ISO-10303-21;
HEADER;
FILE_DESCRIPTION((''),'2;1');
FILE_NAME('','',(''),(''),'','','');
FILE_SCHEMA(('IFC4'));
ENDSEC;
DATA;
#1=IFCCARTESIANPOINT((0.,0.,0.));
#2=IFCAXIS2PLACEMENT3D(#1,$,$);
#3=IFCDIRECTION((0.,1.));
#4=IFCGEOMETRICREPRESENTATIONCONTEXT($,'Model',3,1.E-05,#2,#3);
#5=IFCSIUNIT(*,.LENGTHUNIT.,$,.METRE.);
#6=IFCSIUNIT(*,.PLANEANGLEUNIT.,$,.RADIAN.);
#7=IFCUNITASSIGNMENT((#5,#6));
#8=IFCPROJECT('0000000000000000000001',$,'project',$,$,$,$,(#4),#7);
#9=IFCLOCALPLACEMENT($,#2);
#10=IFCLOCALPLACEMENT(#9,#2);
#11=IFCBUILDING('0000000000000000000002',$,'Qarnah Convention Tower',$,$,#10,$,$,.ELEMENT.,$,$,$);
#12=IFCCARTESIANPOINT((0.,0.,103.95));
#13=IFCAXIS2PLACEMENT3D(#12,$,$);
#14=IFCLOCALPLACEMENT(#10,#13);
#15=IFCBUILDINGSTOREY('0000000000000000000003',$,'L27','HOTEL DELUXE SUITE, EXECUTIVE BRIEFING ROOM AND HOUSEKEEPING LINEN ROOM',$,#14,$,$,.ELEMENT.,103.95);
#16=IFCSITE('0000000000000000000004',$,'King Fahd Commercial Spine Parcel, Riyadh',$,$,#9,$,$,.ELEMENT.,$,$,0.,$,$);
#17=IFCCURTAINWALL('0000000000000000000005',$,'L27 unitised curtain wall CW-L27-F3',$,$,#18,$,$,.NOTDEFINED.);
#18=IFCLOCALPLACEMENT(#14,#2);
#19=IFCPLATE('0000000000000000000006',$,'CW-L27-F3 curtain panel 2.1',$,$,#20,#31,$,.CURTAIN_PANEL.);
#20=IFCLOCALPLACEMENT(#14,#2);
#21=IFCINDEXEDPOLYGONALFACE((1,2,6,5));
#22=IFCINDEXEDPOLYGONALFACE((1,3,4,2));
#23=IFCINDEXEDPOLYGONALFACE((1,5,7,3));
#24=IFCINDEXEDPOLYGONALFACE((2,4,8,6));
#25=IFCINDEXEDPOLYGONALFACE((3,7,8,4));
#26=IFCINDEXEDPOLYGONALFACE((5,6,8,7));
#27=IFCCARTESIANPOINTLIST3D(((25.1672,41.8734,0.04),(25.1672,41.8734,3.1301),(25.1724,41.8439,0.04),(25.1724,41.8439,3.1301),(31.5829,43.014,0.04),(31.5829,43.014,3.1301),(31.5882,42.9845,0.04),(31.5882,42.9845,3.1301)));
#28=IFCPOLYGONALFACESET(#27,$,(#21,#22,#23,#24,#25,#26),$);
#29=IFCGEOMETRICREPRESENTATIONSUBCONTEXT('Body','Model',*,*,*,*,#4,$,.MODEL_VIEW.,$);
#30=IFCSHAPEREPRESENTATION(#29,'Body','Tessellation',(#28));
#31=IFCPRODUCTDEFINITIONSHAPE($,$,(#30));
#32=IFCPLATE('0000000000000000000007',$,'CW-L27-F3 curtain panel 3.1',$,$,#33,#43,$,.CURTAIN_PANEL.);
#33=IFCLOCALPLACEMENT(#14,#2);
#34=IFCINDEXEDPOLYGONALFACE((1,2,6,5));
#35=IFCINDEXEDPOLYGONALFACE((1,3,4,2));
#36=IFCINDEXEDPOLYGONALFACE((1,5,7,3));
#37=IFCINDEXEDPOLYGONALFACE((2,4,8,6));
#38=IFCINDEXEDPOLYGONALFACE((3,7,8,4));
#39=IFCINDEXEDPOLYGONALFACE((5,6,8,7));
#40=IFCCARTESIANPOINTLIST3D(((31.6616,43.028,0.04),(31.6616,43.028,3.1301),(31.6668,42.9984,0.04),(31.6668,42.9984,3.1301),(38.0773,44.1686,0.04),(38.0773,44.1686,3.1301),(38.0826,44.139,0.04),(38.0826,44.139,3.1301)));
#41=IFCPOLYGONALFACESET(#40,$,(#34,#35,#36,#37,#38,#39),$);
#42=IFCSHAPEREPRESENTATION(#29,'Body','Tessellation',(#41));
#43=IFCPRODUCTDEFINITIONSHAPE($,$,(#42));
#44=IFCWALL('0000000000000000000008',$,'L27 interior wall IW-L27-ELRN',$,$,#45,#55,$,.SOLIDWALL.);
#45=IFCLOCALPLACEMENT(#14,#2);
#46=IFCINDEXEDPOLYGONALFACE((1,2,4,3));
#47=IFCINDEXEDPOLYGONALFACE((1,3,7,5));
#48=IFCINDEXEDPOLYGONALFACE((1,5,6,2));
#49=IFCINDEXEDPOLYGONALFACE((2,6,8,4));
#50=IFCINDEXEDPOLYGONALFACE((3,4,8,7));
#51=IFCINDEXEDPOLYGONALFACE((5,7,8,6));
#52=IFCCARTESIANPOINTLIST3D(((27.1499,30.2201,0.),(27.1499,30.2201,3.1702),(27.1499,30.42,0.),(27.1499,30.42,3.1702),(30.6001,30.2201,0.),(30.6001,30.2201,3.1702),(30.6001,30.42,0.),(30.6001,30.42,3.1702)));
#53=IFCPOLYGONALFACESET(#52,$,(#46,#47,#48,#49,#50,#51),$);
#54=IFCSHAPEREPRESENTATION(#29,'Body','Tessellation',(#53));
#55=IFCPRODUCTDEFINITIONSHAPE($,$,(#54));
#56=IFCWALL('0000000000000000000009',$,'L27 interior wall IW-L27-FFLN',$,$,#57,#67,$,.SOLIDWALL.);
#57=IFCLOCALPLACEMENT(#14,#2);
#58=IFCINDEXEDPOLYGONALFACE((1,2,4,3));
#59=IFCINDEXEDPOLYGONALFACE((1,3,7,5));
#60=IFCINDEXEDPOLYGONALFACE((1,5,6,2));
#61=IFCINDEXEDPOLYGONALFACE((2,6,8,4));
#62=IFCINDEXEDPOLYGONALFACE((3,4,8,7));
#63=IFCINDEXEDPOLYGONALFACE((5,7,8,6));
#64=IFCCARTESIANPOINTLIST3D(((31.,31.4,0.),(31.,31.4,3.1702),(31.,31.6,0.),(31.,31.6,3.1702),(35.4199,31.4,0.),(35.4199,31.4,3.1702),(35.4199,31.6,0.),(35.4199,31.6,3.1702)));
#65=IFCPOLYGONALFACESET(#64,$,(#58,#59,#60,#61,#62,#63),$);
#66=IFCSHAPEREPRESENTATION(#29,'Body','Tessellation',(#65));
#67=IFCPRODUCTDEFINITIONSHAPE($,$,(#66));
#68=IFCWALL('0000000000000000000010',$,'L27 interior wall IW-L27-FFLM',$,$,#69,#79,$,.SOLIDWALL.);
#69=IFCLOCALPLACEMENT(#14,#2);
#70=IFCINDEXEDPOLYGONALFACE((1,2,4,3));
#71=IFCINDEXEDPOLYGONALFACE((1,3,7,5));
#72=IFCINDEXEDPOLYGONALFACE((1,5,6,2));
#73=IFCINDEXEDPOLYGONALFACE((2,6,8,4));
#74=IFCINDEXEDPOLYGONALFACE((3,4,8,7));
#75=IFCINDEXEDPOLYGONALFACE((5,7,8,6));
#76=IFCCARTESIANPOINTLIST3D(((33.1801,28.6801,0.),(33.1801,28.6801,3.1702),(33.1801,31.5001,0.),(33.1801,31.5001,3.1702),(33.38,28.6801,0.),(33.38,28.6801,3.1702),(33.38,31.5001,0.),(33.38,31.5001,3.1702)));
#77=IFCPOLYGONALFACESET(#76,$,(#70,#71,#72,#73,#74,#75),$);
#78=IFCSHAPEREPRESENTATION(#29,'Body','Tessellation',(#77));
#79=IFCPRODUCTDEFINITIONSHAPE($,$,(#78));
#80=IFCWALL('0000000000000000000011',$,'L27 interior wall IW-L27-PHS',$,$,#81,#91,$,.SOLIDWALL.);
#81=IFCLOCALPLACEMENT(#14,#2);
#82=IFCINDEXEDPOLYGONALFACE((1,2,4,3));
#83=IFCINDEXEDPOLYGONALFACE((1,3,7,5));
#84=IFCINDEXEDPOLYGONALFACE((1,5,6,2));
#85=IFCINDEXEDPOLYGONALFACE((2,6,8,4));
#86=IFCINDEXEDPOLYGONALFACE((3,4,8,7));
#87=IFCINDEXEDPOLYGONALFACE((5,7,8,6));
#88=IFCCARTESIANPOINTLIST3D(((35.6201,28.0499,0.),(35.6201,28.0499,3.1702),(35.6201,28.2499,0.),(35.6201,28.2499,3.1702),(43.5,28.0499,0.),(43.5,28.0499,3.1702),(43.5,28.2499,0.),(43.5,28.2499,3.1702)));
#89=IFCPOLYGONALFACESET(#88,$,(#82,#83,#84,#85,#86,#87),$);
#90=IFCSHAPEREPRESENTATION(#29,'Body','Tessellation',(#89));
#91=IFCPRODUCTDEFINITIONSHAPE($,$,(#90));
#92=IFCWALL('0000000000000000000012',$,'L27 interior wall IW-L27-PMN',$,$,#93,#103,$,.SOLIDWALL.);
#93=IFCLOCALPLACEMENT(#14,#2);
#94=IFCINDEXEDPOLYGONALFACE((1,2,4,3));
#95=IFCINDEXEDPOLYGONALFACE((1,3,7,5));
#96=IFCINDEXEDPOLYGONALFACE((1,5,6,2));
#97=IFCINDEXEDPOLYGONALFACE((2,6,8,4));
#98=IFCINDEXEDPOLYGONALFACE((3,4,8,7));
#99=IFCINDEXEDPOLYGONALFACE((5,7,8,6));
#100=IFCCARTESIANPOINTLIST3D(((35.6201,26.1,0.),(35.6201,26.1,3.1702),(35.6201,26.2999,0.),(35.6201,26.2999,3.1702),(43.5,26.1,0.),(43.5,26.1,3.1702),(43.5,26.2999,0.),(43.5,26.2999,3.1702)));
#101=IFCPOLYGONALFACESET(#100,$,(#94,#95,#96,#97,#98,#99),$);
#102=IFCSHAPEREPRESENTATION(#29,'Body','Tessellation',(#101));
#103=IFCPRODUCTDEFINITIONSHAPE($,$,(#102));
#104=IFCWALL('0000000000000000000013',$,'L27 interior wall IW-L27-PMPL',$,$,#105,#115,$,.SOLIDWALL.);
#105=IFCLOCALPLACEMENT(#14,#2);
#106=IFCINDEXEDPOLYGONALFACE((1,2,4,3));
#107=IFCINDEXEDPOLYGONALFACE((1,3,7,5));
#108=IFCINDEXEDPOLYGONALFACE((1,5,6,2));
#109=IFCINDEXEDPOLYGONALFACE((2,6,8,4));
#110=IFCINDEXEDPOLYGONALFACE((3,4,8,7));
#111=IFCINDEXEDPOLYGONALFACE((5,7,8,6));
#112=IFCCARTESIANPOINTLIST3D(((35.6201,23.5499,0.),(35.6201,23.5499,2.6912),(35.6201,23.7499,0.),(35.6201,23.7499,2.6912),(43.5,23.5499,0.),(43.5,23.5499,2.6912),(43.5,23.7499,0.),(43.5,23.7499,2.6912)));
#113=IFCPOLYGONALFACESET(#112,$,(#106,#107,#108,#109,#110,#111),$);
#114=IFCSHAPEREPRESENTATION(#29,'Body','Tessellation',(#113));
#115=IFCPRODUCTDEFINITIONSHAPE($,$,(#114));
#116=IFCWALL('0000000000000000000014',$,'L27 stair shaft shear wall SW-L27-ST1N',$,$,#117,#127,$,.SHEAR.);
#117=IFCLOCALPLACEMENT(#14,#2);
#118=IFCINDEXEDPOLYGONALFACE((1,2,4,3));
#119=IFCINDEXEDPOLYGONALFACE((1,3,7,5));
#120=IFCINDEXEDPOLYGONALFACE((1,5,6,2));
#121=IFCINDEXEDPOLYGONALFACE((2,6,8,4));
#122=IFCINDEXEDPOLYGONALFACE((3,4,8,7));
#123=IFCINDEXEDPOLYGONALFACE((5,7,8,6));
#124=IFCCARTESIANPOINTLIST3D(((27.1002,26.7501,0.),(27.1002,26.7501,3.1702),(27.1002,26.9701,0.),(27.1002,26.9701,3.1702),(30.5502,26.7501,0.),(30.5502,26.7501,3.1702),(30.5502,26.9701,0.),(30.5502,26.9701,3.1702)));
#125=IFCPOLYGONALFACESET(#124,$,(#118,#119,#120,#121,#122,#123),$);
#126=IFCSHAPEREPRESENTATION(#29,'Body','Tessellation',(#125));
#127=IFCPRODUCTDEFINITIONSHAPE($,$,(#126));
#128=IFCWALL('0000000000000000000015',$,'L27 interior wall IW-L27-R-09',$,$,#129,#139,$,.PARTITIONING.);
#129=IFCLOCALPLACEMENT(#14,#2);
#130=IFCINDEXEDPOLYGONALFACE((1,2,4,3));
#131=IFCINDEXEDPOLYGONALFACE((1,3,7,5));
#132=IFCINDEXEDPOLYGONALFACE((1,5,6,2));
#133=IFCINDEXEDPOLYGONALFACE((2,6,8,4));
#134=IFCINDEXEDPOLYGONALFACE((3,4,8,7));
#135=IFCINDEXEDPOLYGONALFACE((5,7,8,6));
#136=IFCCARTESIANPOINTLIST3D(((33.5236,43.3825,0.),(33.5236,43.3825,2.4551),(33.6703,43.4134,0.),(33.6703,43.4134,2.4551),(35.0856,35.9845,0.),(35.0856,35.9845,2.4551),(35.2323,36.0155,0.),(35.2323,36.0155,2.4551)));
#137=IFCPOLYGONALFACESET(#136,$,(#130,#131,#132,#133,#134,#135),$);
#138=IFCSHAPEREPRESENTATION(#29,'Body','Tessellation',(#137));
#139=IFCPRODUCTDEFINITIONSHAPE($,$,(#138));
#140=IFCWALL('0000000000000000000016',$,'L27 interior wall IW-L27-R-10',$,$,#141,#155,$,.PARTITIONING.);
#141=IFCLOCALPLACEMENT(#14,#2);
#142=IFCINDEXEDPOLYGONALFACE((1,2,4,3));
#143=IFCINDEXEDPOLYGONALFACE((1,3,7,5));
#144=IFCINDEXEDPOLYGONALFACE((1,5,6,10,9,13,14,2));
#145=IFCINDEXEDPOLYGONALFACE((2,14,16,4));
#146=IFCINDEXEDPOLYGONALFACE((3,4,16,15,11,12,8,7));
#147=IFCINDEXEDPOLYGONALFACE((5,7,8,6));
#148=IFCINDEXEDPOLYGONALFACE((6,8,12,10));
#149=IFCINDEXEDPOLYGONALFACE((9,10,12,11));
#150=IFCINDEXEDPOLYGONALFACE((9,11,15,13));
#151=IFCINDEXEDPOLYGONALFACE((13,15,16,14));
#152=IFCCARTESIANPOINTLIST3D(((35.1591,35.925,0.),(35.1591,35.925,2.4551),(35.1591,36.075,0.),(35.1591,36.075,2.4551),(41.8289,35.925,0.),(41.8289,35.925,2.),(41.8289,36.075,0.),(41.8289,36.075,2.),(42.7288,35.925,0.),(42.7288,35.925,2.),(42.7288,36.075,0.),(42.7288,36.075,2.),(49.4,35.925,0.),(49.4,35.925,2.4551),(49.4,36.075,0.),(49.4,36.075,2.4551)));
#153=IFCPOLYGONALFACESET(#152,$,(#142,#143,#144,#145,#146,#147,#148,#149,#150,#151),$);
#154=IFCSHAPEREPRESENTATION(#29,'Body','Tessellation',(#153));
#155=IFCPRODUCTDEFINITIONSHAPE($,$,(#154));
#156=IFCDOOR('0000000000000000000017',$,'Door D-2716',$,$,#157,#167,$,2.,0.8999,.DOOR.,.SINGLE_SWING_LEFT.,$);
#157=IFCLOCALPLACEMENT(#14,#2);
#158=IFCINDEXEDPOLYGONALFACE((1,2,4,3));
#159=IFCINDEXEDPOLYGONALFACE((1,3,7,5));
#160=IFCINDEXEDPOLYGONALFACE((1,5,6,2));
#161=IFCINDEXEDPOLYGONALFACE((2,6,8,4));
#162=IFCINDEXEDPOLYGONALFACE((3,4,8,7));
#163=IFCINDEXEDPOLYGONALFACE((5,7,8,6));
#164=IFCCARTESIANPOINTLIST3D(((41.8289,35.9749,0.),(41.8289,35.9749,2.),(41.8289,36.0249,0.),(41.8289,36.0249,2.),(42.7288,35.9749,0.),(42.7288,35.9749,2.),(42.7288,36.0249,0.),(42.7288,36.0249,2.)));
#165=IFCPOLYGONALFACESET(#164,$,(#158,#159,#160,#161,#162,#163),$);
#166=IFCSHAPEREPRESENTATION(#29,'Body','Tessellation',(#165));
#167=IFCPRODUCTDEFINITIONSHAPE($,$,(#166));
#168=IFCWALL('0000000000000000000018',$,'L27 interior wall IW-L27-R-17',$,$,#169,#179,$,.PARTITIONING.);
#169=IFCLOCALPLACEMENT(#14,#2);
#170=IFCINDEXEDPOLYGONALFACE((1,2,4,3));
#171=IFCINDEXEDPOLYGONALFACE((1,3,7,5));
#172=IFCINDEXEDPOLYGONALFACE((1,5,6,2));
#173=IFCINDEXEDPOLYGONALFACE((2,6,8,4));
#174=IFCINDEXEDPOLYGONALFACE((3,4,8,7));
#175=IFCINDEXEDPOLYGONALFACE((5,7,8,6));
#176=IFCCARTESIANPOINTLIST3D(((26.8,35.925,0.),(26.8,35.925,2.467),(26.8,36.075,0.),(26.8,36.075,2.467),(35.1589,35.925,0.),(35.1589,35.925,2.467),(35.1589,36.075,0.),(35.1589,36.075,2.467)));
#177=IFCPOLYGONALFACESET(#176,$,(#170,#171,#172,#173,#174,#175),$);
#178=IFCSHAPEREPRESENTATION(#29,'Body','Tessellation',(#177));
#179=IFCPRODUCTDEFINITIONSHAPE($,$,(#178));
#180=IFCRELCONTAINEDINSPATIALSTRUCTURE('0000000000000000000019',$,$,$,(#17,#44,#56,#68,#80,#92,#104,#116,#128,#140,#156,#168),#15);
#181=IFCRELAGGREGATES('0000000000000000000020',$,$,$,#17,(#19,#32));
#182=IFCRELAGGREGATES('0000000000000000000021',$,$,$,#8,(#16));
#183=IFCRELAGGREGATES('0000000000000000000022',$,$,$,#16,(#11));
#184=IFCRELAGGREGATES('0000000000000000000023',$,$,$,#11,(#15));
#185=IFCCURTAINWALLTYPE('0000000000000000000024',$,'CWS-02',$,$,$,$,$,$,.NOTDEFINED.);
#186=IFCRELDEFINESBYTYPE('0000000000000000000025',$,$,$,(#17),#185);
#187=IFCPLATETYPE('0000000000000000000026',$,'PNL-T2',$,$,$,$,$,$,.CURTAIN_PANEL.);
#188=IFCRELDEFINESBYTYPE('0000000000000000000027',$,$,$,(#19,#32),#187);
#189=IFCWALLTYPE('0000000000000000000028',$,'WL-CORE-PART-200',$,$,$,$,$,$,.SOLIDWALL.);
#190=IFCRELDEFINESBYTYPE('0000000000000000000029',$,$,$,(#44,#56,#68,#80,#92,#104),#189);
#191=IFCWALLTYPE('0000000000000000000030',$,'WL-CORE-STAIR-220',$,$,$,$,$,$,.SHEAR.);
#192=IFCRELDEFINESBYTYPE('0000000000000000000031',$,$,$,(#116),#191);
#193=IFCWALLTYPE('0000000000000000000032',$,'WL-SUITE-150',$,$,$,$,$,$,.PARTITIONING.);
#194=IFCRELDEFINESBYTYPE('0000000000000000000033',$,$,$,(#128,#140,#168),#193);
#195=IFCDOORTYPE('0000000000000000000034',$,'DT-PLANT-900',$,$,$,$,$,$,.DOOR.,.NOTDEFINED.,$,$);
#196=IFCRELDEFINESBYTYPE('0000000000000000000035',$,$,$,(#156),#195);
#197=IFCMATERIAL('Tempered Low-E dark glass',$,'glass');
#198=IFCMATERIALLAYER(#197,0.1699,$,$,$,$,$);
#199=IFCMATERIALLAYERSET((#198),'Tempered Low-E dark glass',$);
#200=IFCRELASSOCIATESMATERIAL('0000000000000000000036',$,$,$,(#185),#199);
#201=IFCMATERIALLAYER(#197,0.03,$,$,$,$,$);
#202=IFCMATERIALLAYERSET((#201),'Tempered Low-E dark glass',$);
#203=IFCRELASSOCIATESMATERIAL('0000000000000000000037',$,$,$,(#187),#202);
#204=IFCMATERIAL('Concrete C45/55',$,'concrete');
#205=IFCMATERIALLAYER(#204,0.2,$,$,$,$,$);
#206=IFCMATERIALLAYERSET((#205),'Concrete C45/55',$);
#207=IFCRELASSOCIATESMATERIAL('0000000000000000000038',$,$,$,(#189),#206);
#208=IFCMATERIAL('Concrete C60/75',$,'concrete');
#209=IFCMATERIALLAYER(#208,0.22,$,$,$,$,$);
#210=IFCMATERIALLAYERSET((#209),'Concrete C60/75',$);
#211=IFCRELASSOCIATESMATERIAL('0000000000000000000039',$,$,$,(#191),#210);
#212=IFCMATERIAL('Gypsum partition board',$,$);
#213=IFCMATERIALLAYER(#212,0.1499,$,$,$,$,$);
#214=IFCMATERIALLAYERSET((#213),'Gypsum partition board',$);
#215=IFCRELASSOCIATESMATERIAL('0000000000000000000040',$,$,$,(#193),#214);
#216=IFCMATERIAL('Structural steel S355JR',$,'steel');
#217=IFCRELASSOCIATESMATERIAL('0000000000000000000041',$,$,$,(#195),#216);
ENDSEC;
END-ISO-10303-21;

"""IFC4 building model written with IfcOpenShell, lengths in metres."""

from ifc_helpers import new_model, si_unit, direction, frame, frame_2d, origin, origin_2d, place, context, subcontext, project, spatial, rectangle, extrude, material, layer, layer_set, type_object, element, fill, aggregate, save


model = new_model("IFC4")

# Units and contexts
model_context = context("Model", 3, precision=1e-05, world=origin(), true_north=direction((0.0, 1.0)))
body_context = subcontext(model_context, "Body", "Model", "MODEL_VIEW")
ifc_project = project(units=[si_unit("LENGTHUNIT", "METRE"), si_unit("PLANEANGLEUNIT", "RADIAN")], contexts=[model_context])

# Site, building, storey
site_placement = place(None, origin())
site = spatial("IfcSite", under=ifc_project, at=site_placement, Name="King Fahd Commercial Spine Parcel, Riyadh", CompositionType="ELEMENT", RefElevation=0.0)
building_placement = place(site_placement, origin())
building = spatial("IfcBuilding", under=site, at=building_placement, Name="Qarnah Convention Tower", CompositionType="ELEMENT")
storey_placement = place(building_placement, frame((0.0, 0.0, 103.95)))
storey = spatial("IfcBuildingStorey", under=building, at=storey_placement, Name="L27", Description="HOTEL DELUXE SUITE, EXECUTIVE BRIEFING ROOM AND HOUSEKEEPING LINEN ROOM", CompositionType="ELEMENT", Elevation=103.95)

# Shared definitions
ifc_material_1 = material(Name="Concrete C60/75", Category="concrete")

# Shared definitions
ifc_material_2 = material(Name="Structural steel S355JR", Category="steel")

# Curtain wall, plates
ifc_material_3 = material(Name="Tempered Low-E dark glass", Category="glass")
ifc_layer_1 = layer(ifc_material_3, 0.1699)
ifc_layer_set_1 = layer_set([ifc_layer_1], Name="Tempered Low-E dark glass")
curtain_wall_type = type_object("IfcCurtainWallType", Name="CWS-02", PredefinedType="NOTDEFINED", material=ifc_layer_set_1)
curtain_wall_placement = place(storey_placement, origin())
curtain_wall = element("IfcCurtainWall", 1, at=curtain_wall_placement, inside=storey, type_object=curtain_wall_type, Name="L27 unitised curtain wall CW-L27-F3", PredefinedType="NOTDEFINED")
ifc_layer_2 = layer(ifc_material_3, 0.03)
ifc_layer_set_2 = layer_set([ifc_layer_2], Name="Tempered Low-E dark glass")
plate_type = type_object("IfcPlateType", Name="PNL-T2", PredefinedType="CURTAIN_PANEL", material=ifc_layer_set_2)
plate_1_placement = place(storey_placement, frame((28.3777, 42.429, 0.04), z_axis=(0.0, 0.0, 1.0), x_axis=(0.984561, 0.175039, 0.0)))
plate_1 = element("IfcPlate", 2, at=plate_1_placement, type_object=plate_type, Name="CW-L27-F3 curtain panel 2.1", PredefinedType="CURTAIN_PANEL", context=body_context, shape_type="SweptSolid", body=[
    extrude(rectangle(XDim=6.5164, YDim=0.03, at=origin_2d()), origin(), (0.0, 0.0, 1.0), 3.0901),
])
plate_2_placement = place(storey_placement, frame((34.8721, 43.5835, 0.04), z_axis=(0.0, 0.0, 1.0), x_axis=(0.984561, 0.175039, 0.0)))
plate_2 = element("IfcPlate", 3, at=plate_2_placement, type_object=plate_type, Name="CW-L27-F3 curtain panel 3.1", PredefinedType="CURTAIN_PANEL", context=body_context, shape_type="SweptSolid", body=[
    extrude(rectangle(XDim=6.5164, YDim=0.03, at=origin_2d()), origin(), (0.0, 0.0, 1.0), 3.0901),
])
aggregate(curtain_wall, [plate_1, plate_2])

# Wall
ifc_material_4 = material(Name="Concrete C45/55", Category="concrete")
ifc_layer_3 = layer(ifc_material_4, 0.2)
ifc_layer_set_3 = layer_set([ifc_layer_3], Name="Concrete C45/55")
wall_type_1 = type_object("IfcWallType", Name="WL-CORE-PART-200", PredefinedType="SOLIDWALL", material=ifc_layer_set_3)
wall_1_placement = place(storey_placement, frame((27.1499, 30.3201, 0.0), z_axis=(0.0, 0.0, 1.0), x_axis=(1.0, 0.0, 0.0)))
element("IfcWall", 4, at=wall_1_placement, inside=storey, type_object=wall_type_1, Name="L27 interior wall IW-L27-ELRN", PredefinedType="SOLIDWALL", context=body_context, shape_type="SweptSolid", body=[
    extrude(rectangle(XDim=3.4502, YDim=0.2, at=frame_2d((1.7251, 0.0))), origin(), (0.0, 0.0, 1.0), 3.1702),
])

# Walls
wall_2_placement = place(storey_placement, frame((31.0, 31.5, 0.0), z_axis=(0.0, 0.0, 1.0), x_axis=(1.0, 0.0, 0.0)))
element("IfcWall", 5, at=wall_2_placement, inside=storey, type_object=wall_type_1, Name="L27 interior wall IW-L27-FFLN", PredefinedType="SOLIDWALL", context=body_context, shape_type="SweptSolid", body=[
    extrude(rectangle(XDim=4.4199, YDim=0.2, at=frame_2d((2.21, 0.0))), origin(), (0.0, 0.0, 1.0), 3.1702),
])
wall_3_placement = place(storey_placement, frame((33.28, 28.6799, 0.0), z_axis=(0.0, 0.0, 1.0), x_axis=(0.0, 1.0, 0.0)))
element("IfcWall", 6, at=wall_3_placement, inside=storey, type_object=wall_type_1, Name="L27 interior wall IW-L27-FFLM", PredefinedType="SOLIDWALL", context=body_context, shape_type="SweptSolid", body=[
    extrude(rectangle(XDim=2.8201, YDim=0.2, at=frame_2d((1.4102, 0.0))), origin(), (0.0, 0.0, 1.0), 3.1702),
])

# Walls
for number, where, z_axis, x_axis, name in (
    (7, (35.6201, 28.1499, 0.0), (0.0, 0.0, 1.0), (1.0, 0.0, 0.0), "L27 interior wall IW-L27-PHS"),
    (8, (35.6201, 26.2, 0.0), (0.0, 0.0, 1.0), (1.0, 0.0, 0.0), "L27 interior wall IW-L27-PMN"),
):
    element("IfcWall", number, at=place(storey_placement, frame(where, z_axis=z_axis, x_axis=x_axis)), inside=storey, type_object=wall_type_1, Name=name, PredefinedType="SOLIDWALL", context=body_context, shape_type="SweptSolid", body=[
        extrude(rectangle(XDim=7.8799, YDim=0.2, at=frame_2d((3.9399, 0.0))), origin(), (0.0, 0.0, 1.0), 3.1702),
    ])
wall_4_placement = place(storey_placement, frame((35.6201, 23.6499, 0.0), z_axis=(0.0, 0.0, 1.0), x_axis=(1.0, 0.0, 0.0)))
element("IfcWall", 9, at=wall_4_placement, inside=storey, type_object=wall_type_1, Name="L27 interior wall IW-L27-PMPL", PredefinedType="SOLIDWALL", context=body_context, shape_type="SweptSolid", body=[
    extrude(rectangle(XDim=7.8799, YDim=0.2, at=frame_2d((3.9399, 0.0))), origin(), (0.0, 0.0, 1.0), 2.6912),
])
ifc_layer_4 = layer(ifc_material_1, 0.22)
ifc_layer_set_4 = layer_set([ifc_layer_4], Name="Concrete C60/75")
wall_type_2 = type_object("IfcWallType", Name="WL-CORE-STAIR-220", PredefinedType="SHEAR", material=ifc_layer_set_4)
wall_5_placement = place(storey_placement, frame((27.1001, 26.8601, 0.0), z_axis=(0.0, 0.0, 1.0), x_axis=(1.0, 0.0, 0.0)))
element("IfcWall", 10, at=wall_5_placement, inside=storey, type_object=wall_type_2, Name="L27 stair shaft shear wall SW-L27-ST1N", PredefinedType="SHEAR", context=body_context, shape_type="SweptSolid", body=[
    extrude(rectangle(XDim=3.45, YDim=0.22, at=frame_2d((1.7251, 0.0))), origin(), (0.0, 0.0, 1.0), 3.1702),
])
ifc_material_5 = material(Name="Gypsum partition board")
ifc_layer_5 = layer(ifc_material_5, 0.1499)
ifc_layer_set_5 = layer_set([ifc_layer_5], Name="Gypsum partition board")
wall_type_3 = type_object("IfcWallType", Name="WL-SUITE-150", PredefinedType="PARTITIONING", material=ifc_layer_set_5)
wall_6_placement = place(storey_placement, frame((33.5969, 43.3979, 0.0), z_axis=(0.0, 0.0, 1.0), x_axis=(0.206587, -0.978428, 0.0)))
element("IfcWall", 11, at=wall_6_placement, inside=storey, type_object=wall_type_3, Name="L27 interior wall IW-L27-R-09", PredefinedType="PARTITIONING", context=body_context, shape_type="SweptSolid", body=[
    extrude(rectangle(XDim=7.561, YDim=0.1499, at=frame_2d((3.7805, 0.0))), origin(), (0.0, 0.0, 1.0), 2.4551),
])

# Wall, opening, door
wall_7_placement = place(storey_placement, frame((35.1589, 36.0, 0.0), z_axis=(0.0, 0.0, 1.0), x_axis=(1.0, 0.0, 0.0)))
wall_7 = element("IfcWall", 12, at=wall_7_placement, inside=storey, type_object=wall_type_3, Name="L27 interior wall IW-L27-R-10", PredefinedType="PARTITIONING", context=body_context, shape_type="SweptSolid", body=[
    extrude(rectangle(XDim=14.241, YDim=0.1499, at=frame_2d((7.1206, 0.0))), origin(), (0.0, 0.0, 1.0), 2.4551),
])
opening_1_placement = place(wall_7_placement, frame((6.6699, 0.0, 0.0)))
opening_1 = element("IfcOpeningElement", 13, at=opening_1_placement, cuts=wall_7, PredefinedType="OPENING", context=body_context, shape_type="SweptSolid", body=[
    extrude(rectangle(XDim=0.8999, YDim=2.0, at=frame_2d((0.45, 1.0))), frame((0.0, 0.085, 0.0), z_axis=(0.0, -1.0, 0.0), x_axis=(1.0, 0.0, 0.0)), (0.0, 0.0, 1.0), 0.1699),
])
door_type_1 = type_object("IfcDoorType", Name="DT-PLANT-900", OperationType="NOTDEFINED", PredefinedType="DOOR", material=ifc_material_2)
door_1_placement = place(opening_1_placement, origin())
door_1 = element("IfcDoor", 14, at=door_1_placement, inside=storey, type_object=door_type_1, Name="Door D-2716", OperationType="SINGLE_SWING_LEFT", OverallHeight=2.0, OverallWidth=0.8999, PredefinedType="DOOR", context=body_context, shape_type="SweptSolid", body=[
    extrude(rectangle(XDim=0.8999, YDim=2.0, at=frame_2d((0.45, 1.0))), frame((0.0, 0.0249, 0.0), z_axis=(0.0, -1.0, 0.0), x_axis=(1.0, 0.0, 0.0)), (0.0, 0.0, 1.0), 0.05),
])
fill(opening_1, door_1)

# Wall
wall_8_placement = place(storey_placement, frame((26.8, 36.0, 0.0), z_axis=(0.0, 0.0, 1.0), x_axis=(1.0, 0.0, 0.0)))
element("IfcWall", 15, at=wall_8_placement, inside=storey, type_object=wall_type_3, Name="L27 interior wall IW-L27-R-17", PredefinedType="PARTITIONING", context=body_context, shape_type="SweptSolid", body=[
    extrude(rectangle(XDim=8.3589, YDim=0.1499, at=frame_2d((4.1794, 0.0))), origin(), (0.0, 0.0, 1.0), 2.467),
])

save(model, "model.ifc")
